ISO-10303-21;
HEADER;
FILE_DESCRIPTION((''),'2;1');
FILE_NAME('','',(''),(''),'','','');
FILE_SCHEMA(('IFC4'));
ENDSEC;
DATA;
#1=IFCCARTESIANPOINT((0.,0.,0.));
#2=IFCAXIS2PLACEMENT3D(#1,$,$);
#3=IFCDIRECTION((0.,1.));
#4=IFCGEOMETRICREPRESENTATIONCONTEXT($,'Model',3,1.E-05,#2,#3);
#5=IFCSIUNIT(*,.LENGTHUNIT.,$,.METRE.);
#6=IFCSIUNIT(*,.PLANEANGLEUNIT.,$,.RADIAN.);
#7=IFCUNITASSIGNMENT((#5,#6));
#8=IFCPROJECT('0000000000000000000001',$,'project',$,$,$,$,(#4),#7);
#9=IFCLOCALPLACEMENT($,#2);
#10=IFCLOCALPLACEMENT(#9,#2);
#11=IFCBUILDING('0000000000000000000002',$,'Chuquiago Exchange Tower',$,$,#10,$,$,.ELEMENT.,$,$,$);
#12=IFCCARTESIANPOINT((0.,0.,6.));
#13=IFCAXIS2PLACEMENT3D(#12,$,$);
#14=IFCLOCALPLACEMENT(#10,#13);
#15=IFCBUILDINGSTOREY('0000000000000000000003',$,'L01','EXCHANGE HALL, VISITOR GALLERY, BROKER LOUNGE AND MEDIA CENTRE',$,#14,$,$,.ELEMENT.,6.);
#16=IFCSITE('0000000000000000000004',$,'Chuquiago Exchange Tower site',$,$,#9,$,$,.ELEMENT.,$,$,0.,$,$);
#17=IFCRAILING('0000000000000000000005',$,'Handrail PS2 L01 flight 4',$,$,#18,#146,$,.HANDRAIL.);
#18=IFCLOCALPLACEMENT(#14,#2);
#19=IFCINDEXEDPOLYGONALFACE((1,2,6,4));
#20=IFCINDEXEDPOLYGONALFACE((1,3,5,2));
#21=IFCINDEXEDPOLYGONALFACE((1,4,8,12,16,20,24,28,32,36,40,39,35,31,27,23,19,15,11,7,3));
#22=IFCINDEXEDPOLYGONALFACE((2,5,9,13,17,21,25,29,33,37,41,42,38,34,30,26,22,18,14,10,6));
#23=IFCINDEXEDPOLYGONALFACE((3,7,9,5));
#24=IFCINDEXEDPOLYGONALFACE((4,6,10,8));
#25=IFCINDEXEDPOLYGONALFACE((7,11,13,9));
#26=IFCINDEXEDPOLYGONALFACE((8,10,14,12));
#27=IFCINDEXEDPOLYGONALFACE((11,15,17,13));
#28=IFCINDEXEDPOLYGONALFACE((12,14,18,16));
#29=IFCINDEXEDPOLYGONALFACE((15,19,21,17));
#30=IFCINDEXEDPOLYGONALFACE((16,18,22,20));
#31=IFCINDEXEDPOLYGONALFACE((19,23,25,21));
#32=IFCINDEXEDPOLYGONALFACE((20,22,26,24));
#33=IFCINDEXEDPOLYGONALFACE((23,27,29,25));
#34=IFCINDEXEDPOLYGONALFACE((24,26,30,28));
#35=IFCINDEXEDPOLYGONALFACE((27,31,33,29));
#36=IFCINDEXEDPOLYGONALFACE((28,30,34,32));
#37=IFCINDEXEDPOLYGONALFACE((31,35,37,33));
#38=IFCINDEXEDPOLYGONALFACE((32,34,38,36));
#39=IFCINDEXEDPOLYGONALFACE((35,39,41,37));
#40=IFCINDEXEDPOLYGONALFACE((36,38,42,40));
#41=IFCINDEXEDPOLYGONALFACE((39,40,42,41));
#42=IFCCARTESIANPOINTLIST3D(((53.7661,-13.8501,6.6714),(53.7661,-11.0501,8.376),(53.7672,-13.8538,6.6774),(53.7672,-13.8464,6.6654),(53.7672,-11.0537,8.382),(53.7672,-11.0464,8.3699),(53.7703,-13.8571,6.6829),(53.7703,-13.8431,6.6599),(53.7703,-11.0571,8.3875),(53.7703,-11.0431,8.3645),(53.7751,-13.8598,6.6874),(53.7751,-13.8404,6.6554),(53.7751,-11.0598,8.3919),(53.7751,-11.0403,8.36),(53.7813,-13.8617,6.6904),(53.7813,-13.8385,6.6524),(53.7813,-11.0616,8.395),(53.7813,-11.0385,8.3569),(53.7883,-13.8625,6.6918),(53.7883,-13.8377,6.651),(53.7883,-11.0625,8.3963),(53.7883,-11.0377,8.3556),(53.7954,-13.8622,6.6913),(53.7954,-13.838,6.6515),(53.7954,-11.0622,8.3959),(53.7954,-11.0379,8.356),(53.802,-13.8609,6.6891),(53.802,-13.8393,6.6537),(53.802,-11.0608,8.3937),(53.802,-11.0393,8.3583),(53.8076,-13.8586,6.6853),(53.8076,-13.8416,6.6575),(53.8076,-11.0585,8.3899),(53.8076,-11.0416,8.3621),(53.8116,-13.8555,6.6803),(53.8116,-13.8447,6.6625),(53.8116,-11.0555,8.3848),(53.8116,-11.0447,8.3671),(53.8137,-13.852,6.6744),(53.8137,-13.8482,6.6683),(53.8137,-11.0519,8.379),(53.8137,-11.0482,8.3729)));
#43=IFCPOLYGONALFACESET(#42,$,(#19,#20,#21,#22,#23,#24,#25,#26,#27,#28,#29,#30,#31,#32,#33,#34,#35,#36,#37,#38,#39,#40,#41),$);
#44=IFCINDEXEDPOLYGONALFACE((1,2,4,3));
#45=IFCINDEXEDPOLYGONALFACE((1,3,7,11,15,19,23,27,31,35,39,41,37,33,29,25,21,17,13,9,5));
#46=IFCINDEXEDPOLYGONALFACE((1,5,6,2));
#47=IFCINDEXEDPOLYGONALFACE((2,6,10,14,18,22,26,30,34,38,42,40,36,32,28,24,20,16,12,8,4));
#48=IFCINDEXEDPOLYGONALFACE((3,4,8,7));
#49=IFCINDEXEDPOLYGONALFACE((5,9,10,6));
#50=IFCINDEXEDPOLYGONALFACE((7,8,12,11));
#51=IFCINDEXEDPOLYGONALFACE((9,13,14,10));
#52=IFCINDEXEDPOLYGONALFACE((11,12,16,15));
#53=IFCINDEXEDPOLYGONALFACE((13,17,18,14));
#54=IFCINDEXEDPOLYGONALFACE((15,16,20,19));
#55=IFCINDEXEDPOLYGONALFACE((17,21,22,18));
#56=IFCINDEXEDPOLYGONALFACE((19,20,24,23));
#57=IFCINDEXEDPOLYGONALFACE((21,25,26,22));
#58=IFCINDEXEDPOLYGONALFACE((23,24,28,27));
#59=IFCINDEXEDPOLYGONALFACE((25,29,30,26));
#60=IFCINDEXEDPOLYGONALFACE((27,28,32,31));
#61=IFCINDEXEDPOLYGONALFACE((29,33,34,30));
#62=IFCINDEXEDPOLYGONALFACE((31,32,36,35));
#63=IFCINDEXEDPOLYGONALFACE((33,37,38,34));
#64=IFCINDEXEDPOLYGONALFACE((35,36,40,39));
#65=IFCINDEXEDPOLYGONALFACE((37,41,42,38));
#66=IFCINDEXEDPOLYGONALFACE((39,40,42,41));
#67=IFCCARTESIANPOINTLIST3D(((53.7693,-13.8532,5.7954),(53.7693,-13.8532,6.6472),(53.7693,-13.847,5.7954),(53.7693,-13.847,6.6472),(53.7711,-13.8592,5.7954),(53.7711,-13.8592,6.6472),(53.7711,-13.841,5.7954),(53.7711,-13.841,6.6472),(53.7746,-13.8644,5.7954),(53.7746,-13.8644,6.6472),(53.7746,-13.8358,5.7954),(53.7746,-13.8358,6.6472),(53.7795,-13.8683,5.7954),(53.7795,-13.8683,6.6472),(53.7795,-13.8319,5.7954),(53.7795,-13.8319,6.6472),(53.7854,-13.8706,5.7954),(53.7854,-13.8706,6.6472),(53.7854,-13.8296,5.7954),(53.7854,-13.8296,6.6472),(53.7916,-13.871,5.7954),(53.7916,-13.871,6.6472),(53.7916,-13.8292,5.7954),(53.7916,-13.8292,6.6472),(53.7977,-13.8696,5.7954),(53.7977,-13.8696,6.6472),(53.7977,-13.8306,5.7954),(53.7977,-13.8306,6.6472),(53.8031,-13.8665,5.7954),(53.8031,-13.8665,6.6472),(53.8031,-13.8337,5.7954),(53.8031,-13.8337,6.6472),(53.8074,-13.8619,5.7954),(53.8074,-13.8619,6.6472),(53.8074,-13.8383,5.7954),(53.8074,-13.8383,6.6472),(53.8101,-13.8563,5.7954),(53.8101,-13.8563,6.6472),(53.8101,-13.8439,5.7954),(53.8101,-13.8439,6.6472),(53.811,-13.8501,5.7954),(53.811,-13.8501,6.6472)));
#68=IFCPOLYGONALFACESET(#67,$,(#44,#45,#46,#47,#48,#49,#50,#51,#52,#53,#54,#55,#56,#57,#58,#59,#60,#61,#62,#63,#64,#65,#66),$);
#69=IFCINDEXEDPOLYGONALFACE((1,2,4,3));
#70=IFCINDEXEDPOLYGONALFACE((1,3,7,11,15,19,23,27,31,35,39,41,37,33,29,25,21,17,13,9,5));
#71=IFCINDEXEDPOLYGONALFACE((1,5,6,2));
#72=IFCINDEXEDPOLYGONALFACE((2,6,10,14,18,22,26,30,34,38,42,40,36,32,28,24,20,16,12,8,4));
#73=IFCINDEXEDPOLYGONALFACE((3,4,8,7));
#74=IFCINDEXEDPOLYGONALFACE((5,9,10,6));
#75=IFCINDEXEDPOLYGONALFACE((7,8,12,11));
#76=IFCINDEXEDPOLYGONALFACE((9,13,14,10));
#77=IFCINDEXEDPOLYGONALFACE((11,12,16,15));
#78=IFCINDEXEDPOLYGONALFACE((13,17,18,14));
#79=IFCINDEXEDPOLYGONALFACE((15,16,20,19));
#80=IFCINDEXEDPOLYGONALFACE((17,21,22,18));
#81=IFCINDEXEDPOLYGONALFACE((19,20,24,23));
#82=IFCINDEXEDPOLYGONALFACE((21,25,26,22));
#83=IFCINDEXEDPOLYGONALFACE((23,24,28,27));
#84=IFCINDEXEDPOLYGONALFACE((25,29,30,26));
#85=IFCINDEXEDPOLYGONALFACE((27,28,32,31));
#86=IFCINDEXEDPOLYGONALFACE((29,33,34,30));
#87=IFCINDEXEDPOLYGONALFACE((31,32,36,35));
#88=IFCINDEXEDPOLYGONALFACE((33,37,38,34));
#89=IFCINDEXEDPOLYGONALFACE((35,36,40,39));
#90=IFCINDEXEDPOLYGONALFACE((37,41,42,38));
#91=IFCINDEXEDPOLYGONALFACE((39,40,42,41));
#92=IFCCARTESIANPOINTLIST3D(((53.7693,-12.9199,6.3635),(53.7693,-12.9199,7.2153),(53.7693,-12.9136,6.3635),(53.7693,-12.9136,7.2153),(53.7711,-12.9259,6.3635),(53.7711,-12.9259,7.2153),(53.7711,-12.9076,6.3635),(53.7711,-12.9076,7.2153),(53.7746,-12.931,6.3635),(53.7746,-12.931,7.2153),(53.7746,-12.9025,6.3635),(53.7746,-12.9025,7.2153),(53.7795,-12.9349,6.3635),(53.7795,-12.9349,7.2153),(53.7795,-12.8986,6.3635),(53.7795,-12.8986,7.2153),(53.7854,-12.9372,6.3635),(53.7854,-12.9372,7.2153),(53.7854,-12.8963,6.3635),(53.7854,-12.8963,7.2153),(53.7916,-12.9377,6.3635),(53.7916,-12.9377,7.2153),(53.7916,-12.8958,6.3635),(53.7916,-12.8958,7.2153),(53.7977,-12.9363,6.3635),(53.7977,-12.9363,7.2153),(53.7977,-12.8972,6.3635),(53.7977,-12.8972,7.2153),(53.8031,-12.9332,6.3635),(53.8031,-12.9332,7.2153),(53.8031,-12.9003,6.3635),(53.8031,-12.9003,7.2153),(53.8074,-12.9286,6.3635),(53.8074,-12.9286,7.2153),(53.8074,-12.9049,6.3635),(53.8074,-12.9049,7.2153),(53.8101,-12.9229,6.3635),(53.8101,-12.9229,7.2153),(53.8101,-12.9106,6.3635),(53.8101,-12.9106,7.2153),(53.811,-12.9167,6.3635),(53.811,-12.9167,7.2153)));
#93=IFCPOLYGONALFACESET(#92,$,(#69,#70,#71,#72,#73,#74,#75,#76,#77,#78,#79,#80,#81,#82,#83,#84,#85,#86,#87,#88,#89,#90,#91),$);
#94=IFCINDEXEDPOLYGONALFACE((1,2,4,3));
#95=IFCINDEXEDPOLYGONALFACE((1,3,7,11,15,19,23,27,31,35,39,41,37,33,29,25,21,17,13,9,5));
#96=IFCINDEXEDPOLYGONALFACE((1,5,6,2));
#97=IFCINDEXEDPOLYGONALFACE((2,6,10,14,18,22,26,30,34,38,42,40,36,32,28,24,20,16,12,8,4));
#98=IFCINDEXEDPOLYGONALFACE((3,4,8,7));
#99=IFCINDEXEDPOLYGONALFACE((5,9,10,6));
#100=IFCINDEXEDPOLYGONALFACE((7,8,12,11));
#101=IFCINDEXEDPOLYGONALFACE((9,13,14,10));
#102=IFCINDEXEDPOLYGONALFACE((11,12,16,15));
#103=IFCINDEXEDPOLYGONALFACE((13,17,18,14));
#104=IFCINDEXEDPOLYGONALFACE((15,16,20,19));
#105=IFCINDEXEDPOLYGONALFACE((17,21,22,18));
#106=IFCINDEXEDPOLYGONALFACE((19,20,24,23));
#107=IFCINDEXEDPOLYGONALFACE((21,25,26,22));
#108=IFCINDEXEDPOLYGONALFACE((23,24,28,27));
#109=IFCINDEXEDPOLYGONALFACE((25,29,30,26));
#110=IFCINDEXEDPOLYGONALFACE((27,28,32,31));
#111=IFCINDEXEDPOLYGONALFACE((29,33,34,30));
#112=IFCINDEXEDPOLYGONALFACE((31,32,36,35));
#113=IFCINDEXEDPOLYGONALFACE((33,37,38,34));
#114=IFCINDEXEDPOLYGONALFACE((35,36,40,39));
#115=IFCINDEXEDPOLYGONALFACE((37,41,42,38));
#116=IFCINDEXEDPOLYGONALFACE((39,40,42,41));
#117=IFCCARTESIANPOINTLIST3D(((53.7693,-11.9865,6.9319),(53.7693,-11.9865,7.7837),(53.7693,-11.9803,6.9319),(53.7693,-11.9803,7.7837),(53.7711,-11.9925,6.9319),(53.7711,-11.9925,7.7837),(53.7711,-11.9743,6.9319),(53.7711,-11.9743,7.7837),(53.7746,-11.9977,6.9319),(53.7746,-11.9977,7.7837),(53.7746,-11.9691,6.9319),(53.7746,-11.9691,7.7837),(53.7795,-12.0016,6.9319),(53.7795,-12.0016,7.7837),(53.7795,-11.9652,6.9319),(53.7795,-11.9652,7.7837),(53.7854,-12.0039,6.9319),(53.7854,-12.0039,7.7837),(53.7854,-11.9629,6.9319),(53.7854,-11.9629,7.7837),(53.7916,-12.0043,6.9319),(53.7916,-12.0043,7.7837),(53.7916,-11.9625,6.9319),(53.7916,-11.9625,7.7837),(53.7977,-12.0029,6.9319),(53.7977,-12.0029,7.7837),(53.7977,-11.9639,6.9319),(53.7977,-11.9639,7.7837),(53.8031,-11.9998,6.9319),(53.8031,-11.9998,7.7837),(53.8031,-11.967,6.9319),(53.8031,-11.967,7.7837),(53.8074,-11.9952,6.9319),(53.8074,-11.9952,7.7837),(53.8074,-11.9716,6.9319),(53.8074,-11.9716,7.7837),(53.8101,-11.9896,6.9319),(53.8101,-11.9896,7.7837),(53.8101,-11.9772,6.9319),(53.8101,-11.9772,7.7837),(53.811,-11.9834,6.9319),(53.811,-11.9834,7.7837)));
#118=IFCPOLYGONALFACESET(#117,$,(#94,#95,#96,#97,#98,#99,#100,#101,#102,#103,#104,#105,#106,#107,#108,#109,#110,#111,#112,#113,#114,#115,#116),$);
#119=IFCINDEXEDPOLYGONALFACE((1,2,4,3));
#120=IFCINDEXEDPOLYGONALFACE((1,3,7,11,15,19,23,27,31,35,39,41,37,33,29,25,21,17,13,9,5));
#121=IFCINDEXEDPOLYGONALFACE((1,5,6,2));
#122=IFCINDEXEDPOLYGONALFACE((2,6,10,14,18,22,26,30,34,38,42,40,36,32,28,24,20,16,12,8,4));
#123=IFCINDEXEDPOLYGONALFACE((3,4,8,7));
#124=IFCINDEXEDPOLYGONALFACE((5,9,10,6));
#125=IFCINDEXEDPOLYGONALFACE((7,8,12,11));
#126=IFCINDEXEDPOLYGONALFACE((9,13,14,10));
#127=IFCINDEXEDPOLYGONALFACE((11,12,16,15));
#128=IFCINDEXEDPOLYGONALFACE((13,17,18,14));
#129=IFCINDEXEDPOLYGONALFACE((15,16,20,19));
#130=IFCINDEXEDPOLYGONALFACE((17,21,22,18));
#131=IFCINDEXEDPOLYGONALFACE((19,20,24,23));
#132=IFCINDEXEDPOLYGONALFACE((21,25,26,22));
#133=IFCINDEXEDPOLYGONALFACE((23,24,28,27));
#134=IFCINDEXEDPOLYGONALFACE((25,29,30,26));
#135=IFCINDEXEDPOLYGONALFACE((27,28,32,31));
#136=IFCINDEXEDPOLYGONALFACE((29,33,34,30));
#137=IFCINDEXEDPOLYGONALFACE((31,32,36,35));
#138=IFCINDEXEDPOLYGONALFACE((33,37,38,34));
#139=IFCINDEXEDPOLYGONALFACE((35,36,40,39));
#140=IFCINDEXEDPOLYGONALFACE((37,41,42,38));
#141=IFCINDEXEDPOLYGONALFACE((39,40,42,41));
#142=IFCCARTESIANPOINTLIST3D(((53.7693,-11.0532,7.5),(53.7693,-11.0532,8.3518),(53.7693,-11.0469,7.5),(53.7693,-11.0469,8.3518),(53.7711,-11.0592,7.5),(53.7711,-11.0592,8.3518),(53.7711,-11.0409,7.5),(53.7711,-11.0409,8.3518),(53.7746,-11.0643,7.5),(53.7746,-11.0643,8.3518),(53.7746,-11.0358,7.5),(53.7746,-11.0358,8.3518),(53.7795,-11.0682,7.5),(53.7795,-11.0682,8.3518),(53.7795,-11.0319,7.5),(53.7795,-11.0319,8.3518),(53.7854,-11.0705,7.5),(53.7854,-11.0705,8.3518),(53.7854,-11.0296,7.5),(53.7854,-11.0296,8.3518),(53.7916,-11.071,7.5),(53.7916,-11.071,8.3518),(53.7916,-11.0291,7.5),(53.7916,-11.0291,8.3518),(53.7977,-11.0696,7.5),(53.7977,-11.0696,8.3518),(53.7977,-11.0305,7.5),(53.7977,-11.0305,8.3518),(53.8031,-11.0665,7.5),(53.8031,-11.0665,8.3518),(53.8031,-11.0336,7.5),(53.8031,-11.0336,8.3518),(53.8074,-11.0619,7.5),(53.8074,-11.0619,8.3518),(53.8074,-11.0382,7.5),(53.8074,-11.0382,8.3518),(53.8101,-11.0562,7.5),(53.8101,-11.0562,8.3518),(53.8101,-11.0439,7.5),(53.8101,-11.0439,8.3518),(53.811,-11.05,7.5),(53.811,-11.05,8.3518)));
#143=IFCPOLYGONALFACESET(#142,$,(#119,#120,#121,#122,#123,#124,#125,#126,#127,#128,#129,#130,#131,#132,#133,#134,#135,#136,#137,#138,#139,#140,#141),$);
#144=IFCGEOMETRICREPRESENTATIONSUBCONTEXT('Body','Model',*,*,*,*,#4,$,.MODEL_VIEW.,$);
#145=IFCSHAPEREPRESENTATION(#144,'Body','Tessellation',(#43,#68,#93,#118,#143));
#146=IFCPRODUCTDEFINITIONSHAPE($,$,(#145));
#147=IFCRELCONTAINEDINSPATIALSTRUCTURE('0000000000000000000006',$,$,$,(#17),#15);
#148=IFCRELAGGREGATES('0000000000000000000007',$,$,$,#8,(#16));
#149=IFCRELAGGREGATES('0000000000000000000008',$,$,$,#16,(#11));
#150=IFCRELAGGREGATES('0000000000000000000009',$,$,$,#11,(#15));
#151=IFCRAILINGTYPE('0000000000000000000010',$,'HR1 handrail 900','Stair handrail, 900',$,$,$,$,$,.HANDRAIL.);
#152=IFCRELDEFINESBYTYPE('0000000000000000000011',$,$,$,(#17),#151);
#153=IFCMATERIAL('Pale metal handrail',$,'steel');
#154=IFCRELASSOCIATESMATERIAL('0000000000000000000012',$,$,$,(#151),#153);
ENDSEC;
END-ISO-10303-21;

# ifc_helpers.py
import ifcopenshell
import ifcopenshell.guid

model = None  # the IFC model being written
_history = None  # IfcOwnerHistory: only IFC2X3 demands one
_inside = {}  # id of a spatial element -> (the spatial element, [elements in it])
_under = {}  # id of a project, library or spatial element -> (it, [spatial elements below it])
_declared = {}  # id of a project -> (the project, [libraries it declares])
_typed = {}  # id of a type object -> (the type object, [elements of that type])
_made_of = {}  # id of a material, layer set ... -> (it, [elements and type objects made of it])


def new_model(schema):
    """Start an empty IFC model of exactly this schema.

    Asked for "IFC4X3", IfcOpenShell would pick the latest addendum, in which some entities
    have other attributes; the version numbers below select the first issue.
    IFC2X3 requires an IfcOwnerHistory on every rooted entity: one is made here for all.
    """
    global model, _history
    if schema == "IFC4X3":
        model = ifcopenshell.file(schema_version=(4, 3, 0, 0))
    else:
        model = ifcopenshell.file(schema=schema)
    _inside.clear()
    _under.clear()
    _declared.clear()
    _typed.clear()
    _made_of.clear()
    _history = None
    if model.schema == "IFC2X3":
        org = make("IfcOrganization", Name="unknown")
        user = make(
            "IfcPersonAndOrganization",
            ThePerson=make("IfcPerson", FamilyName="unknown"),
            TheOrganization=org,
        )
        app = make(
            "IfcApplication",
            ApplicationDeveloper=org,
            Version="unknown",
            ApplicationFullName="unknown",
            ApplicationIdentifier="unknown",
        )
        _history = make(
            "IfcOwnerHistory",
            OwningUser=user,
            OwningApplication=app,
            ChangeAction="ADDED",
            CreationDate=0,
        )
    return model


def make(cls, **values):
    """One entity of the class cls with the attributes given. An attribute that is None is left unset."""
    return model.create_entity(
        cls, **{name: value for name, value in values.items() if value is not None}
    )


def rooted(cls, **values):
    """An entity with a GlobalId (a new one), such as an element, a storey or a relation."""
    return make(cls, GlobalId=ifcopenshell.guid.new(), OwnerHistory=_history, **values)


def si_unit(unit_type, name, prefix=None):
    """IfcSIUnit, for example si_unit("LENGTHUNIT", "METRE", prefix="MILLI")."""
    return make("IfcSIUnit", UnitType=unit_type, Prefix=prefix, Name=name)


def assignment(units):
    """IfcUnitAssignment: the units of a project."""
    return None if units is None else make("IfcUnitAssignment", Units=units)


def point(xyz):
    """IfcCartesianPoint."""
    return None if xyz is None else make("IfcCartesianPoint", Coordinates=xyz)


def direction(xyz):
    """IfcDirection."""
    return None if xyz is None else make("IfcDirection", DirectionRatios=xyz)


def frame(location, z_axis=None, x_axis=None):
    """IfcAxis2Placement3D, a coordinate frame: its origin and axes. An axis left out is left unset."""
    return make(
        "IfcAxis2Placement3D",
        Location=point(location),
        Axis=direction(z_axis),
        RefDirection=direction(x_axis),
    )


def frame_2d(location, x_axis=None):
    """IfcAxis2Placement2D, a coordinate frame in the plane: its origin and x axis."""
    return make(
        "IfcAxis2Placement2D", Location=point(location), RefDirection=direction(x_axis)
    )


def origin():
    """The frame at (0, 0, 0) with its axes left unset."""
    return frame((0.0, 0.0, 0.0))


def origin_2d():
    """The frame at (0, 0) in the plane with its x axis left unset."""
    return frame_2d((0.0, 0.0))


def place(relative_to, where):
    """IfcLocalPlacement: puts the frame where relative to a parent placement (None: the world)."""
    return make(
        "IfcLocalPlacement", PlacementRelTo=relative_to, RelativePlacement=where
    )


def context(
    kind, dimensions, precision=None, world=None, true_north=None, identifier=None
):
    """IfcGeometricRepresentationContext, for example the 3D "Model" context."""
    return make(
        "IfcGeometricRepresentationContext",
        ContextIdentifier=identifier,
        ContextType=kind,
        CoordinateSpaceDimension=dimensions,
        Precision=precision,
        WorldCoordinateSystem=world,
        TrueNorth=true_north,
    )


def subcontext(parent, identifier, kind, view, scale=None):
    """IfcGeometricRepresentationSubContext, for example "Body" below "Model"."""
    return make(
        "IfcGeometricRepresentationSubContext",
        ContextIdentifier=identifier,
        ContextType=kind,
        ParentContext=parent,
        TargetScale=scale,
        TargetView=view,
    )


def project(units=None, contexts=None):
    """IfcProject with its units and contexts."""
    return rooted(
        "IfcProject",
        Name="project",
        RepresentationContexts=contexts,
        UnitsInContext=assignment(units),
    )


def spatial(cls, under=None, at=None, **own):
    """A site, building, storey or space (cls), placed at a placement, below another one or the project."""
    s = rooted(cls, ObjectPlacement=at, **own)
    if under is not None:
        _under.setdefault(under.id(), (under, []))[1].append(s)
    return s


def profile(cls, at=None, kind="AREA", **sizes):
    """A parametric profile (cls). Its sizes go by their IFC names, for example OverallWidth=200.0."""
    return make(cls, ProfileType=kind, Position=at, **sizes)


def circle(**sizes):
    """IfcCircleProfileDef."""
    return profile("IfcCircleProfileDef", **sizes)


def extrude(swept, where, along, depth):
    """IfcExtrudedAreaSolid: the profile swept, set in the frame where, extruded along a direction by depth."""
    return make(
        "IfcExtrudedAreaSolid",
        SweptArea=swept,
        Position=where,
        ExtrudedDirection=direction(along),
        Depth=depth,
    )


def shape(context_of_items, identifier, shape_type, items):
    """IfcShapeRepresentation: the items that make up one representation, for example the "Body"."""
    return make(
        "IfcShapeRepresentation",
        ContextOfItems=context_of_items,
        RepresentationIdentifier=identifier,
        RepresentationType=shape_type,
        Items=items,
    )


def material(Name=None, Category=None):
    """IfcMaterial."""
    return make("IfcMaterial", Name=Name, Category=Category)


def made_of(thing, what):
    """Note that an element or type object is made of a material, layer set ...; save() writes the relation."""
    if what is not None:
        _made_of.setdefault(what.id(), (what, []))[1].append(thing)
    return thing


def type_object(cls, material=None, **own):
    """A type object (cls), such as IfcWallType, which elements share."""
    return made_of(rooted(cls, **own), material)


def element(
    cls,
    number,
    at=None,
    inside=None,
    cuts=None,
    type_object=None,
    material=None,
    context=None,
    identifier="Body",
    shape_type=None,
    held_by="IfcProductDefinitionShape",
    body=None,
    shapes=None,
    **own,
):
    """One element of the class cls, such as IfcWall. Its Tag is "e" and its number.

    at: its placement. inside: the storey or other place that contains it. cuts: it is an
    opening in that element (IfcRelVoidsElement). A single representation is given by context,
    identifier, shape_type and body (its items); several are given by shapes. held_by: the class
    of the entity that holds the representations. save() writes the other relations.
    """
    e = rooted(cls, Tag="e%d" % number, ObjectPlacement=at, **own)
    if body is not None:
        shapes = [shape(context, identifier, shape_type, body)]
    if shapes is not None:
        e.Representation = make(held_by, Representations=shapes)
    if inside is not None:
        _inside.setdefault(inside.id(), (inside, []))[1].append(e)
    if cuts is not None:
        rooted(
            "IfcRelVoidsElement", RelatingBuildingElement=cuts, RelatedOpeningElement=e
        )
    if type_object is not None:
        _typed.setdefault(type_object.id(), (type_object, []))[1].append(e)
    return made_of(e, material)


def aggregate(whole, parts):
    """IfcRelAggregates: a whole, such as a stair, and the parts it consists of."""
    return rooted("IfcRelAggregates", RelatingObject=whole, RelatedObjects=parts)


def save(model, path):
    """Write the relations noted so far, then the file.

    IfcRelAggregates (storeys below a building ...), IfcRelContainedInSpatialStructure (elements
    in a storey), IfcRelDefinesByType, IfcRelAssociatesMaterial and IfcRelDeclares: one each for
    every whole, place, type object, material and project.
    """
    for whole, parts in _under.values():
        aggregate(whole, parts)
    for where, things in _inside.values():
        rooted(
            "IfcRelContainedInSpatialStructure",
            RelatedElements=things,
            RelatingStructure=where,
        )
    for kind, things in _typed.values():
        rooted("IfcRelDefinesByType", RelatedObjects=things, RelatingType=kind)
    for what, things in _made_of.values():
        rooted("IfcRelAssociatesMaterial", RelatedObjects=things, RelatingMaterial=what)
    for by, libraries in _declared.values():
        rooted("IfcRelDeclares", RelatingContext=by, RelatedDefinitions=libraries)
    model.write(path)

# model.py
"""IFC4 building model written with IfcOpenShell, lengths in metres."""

from ifc_helpers import new_model, si_unit, direction, frame, origin, origin_2d, place, context, subcontext, project, spatial, circle, extrude, material, type_object, element, save


model = new_model("IFC4")

# Units and contexts
model_context = context("Model", 3, precision=1e-05, world=origin(), true_north=direction((0.0, 1.0)))
body_context = subcontext(model_context, "Body", "Model", "MODEL_VIEW")
ifc_project = project(units=[si_unit("LENGTHUNIT", "METRE"), si_unit("PLANEANGLEUNIT", "RADIAN")], contexts=[model_context])

# Site, building, storey
site_placement = place(None, origin())
site = spatial("IfcSite", under=ifc_project, at=site_placement, Name="Chuquiago Exchange Tower site", CompositionType="ELEMENT", RefElevation=0.0)
building_placement = place(site_placement, origin())
building = spatial("IfcBuilding", under=site, at=building_placement, Name="Chuquiago Exchange Tower", CompositionType="ELEMENT")
storey_placement = place(building_placement, frame((0.0, 0.0, 6.0)))
storey = spatial("IfcBuildingStorey", under=building, at=storey_placement, Name="L01", Description="EXCHANGE HALL, VISITOR GALLERY, BROKER LOUNGE AND MEDIA CENTRE", CompositionType="ELEMENT", Elevation=6.0)

# Railing
ifc_material_1 = material(Name="Pale metal handrail", Category="steel")
railing_type = type_object("IfcRailingType", Name="HR1 handrail 900", Description="Stair handrail, 900", PredefinedType="HANDRAIL", material=ifc_material_1)
for number, where, name in (
    (1, (53.79, -13.8501, 5.7954), "Handrail PS2 L01 flight 4"),
):
    element("IfcRailing", number, at=place(storey_placement, frame(where)), inside=storey, type_object=railing_type, Name=name, PredefinedType="HANDRAIL", context=body_context, shape_type="SweptSolid", body=[
        extrude(circle(Radius=0.0239, at=origin_2d()), frame((0.0, 0.0, 0.876), z_axis=(0.0, 0.85417, 0.519994), x_axis=(-1.0, 0.0, 0.0)), (0.0, 0.0, 1.0), 3.2781),
        extrude(circle(Radius=0.021, at=origin_2d()), origin(), (0.0, 0.0, 1.0), 0.8518),
        extrude(circle(Radius=0.021, at=origin_2d()), frame((0.0, 0.9333, 0.5681)), (0.0, 0.0, 1.0), 0.8518),
        extrude(circle(Radius=0.021, at=origin_2d()), frame((0.0, 1.8667, 1.1365)), (0.0, 0.0, 1.0), 0.8518),
        extrude(circle(Radius=0.021, at=origin_2d()), frame((0.0, 2.8, 1.7046)), (0.0, 0.0, 1.0), 0.8518),
    ])

save(model, "model.ifc")
